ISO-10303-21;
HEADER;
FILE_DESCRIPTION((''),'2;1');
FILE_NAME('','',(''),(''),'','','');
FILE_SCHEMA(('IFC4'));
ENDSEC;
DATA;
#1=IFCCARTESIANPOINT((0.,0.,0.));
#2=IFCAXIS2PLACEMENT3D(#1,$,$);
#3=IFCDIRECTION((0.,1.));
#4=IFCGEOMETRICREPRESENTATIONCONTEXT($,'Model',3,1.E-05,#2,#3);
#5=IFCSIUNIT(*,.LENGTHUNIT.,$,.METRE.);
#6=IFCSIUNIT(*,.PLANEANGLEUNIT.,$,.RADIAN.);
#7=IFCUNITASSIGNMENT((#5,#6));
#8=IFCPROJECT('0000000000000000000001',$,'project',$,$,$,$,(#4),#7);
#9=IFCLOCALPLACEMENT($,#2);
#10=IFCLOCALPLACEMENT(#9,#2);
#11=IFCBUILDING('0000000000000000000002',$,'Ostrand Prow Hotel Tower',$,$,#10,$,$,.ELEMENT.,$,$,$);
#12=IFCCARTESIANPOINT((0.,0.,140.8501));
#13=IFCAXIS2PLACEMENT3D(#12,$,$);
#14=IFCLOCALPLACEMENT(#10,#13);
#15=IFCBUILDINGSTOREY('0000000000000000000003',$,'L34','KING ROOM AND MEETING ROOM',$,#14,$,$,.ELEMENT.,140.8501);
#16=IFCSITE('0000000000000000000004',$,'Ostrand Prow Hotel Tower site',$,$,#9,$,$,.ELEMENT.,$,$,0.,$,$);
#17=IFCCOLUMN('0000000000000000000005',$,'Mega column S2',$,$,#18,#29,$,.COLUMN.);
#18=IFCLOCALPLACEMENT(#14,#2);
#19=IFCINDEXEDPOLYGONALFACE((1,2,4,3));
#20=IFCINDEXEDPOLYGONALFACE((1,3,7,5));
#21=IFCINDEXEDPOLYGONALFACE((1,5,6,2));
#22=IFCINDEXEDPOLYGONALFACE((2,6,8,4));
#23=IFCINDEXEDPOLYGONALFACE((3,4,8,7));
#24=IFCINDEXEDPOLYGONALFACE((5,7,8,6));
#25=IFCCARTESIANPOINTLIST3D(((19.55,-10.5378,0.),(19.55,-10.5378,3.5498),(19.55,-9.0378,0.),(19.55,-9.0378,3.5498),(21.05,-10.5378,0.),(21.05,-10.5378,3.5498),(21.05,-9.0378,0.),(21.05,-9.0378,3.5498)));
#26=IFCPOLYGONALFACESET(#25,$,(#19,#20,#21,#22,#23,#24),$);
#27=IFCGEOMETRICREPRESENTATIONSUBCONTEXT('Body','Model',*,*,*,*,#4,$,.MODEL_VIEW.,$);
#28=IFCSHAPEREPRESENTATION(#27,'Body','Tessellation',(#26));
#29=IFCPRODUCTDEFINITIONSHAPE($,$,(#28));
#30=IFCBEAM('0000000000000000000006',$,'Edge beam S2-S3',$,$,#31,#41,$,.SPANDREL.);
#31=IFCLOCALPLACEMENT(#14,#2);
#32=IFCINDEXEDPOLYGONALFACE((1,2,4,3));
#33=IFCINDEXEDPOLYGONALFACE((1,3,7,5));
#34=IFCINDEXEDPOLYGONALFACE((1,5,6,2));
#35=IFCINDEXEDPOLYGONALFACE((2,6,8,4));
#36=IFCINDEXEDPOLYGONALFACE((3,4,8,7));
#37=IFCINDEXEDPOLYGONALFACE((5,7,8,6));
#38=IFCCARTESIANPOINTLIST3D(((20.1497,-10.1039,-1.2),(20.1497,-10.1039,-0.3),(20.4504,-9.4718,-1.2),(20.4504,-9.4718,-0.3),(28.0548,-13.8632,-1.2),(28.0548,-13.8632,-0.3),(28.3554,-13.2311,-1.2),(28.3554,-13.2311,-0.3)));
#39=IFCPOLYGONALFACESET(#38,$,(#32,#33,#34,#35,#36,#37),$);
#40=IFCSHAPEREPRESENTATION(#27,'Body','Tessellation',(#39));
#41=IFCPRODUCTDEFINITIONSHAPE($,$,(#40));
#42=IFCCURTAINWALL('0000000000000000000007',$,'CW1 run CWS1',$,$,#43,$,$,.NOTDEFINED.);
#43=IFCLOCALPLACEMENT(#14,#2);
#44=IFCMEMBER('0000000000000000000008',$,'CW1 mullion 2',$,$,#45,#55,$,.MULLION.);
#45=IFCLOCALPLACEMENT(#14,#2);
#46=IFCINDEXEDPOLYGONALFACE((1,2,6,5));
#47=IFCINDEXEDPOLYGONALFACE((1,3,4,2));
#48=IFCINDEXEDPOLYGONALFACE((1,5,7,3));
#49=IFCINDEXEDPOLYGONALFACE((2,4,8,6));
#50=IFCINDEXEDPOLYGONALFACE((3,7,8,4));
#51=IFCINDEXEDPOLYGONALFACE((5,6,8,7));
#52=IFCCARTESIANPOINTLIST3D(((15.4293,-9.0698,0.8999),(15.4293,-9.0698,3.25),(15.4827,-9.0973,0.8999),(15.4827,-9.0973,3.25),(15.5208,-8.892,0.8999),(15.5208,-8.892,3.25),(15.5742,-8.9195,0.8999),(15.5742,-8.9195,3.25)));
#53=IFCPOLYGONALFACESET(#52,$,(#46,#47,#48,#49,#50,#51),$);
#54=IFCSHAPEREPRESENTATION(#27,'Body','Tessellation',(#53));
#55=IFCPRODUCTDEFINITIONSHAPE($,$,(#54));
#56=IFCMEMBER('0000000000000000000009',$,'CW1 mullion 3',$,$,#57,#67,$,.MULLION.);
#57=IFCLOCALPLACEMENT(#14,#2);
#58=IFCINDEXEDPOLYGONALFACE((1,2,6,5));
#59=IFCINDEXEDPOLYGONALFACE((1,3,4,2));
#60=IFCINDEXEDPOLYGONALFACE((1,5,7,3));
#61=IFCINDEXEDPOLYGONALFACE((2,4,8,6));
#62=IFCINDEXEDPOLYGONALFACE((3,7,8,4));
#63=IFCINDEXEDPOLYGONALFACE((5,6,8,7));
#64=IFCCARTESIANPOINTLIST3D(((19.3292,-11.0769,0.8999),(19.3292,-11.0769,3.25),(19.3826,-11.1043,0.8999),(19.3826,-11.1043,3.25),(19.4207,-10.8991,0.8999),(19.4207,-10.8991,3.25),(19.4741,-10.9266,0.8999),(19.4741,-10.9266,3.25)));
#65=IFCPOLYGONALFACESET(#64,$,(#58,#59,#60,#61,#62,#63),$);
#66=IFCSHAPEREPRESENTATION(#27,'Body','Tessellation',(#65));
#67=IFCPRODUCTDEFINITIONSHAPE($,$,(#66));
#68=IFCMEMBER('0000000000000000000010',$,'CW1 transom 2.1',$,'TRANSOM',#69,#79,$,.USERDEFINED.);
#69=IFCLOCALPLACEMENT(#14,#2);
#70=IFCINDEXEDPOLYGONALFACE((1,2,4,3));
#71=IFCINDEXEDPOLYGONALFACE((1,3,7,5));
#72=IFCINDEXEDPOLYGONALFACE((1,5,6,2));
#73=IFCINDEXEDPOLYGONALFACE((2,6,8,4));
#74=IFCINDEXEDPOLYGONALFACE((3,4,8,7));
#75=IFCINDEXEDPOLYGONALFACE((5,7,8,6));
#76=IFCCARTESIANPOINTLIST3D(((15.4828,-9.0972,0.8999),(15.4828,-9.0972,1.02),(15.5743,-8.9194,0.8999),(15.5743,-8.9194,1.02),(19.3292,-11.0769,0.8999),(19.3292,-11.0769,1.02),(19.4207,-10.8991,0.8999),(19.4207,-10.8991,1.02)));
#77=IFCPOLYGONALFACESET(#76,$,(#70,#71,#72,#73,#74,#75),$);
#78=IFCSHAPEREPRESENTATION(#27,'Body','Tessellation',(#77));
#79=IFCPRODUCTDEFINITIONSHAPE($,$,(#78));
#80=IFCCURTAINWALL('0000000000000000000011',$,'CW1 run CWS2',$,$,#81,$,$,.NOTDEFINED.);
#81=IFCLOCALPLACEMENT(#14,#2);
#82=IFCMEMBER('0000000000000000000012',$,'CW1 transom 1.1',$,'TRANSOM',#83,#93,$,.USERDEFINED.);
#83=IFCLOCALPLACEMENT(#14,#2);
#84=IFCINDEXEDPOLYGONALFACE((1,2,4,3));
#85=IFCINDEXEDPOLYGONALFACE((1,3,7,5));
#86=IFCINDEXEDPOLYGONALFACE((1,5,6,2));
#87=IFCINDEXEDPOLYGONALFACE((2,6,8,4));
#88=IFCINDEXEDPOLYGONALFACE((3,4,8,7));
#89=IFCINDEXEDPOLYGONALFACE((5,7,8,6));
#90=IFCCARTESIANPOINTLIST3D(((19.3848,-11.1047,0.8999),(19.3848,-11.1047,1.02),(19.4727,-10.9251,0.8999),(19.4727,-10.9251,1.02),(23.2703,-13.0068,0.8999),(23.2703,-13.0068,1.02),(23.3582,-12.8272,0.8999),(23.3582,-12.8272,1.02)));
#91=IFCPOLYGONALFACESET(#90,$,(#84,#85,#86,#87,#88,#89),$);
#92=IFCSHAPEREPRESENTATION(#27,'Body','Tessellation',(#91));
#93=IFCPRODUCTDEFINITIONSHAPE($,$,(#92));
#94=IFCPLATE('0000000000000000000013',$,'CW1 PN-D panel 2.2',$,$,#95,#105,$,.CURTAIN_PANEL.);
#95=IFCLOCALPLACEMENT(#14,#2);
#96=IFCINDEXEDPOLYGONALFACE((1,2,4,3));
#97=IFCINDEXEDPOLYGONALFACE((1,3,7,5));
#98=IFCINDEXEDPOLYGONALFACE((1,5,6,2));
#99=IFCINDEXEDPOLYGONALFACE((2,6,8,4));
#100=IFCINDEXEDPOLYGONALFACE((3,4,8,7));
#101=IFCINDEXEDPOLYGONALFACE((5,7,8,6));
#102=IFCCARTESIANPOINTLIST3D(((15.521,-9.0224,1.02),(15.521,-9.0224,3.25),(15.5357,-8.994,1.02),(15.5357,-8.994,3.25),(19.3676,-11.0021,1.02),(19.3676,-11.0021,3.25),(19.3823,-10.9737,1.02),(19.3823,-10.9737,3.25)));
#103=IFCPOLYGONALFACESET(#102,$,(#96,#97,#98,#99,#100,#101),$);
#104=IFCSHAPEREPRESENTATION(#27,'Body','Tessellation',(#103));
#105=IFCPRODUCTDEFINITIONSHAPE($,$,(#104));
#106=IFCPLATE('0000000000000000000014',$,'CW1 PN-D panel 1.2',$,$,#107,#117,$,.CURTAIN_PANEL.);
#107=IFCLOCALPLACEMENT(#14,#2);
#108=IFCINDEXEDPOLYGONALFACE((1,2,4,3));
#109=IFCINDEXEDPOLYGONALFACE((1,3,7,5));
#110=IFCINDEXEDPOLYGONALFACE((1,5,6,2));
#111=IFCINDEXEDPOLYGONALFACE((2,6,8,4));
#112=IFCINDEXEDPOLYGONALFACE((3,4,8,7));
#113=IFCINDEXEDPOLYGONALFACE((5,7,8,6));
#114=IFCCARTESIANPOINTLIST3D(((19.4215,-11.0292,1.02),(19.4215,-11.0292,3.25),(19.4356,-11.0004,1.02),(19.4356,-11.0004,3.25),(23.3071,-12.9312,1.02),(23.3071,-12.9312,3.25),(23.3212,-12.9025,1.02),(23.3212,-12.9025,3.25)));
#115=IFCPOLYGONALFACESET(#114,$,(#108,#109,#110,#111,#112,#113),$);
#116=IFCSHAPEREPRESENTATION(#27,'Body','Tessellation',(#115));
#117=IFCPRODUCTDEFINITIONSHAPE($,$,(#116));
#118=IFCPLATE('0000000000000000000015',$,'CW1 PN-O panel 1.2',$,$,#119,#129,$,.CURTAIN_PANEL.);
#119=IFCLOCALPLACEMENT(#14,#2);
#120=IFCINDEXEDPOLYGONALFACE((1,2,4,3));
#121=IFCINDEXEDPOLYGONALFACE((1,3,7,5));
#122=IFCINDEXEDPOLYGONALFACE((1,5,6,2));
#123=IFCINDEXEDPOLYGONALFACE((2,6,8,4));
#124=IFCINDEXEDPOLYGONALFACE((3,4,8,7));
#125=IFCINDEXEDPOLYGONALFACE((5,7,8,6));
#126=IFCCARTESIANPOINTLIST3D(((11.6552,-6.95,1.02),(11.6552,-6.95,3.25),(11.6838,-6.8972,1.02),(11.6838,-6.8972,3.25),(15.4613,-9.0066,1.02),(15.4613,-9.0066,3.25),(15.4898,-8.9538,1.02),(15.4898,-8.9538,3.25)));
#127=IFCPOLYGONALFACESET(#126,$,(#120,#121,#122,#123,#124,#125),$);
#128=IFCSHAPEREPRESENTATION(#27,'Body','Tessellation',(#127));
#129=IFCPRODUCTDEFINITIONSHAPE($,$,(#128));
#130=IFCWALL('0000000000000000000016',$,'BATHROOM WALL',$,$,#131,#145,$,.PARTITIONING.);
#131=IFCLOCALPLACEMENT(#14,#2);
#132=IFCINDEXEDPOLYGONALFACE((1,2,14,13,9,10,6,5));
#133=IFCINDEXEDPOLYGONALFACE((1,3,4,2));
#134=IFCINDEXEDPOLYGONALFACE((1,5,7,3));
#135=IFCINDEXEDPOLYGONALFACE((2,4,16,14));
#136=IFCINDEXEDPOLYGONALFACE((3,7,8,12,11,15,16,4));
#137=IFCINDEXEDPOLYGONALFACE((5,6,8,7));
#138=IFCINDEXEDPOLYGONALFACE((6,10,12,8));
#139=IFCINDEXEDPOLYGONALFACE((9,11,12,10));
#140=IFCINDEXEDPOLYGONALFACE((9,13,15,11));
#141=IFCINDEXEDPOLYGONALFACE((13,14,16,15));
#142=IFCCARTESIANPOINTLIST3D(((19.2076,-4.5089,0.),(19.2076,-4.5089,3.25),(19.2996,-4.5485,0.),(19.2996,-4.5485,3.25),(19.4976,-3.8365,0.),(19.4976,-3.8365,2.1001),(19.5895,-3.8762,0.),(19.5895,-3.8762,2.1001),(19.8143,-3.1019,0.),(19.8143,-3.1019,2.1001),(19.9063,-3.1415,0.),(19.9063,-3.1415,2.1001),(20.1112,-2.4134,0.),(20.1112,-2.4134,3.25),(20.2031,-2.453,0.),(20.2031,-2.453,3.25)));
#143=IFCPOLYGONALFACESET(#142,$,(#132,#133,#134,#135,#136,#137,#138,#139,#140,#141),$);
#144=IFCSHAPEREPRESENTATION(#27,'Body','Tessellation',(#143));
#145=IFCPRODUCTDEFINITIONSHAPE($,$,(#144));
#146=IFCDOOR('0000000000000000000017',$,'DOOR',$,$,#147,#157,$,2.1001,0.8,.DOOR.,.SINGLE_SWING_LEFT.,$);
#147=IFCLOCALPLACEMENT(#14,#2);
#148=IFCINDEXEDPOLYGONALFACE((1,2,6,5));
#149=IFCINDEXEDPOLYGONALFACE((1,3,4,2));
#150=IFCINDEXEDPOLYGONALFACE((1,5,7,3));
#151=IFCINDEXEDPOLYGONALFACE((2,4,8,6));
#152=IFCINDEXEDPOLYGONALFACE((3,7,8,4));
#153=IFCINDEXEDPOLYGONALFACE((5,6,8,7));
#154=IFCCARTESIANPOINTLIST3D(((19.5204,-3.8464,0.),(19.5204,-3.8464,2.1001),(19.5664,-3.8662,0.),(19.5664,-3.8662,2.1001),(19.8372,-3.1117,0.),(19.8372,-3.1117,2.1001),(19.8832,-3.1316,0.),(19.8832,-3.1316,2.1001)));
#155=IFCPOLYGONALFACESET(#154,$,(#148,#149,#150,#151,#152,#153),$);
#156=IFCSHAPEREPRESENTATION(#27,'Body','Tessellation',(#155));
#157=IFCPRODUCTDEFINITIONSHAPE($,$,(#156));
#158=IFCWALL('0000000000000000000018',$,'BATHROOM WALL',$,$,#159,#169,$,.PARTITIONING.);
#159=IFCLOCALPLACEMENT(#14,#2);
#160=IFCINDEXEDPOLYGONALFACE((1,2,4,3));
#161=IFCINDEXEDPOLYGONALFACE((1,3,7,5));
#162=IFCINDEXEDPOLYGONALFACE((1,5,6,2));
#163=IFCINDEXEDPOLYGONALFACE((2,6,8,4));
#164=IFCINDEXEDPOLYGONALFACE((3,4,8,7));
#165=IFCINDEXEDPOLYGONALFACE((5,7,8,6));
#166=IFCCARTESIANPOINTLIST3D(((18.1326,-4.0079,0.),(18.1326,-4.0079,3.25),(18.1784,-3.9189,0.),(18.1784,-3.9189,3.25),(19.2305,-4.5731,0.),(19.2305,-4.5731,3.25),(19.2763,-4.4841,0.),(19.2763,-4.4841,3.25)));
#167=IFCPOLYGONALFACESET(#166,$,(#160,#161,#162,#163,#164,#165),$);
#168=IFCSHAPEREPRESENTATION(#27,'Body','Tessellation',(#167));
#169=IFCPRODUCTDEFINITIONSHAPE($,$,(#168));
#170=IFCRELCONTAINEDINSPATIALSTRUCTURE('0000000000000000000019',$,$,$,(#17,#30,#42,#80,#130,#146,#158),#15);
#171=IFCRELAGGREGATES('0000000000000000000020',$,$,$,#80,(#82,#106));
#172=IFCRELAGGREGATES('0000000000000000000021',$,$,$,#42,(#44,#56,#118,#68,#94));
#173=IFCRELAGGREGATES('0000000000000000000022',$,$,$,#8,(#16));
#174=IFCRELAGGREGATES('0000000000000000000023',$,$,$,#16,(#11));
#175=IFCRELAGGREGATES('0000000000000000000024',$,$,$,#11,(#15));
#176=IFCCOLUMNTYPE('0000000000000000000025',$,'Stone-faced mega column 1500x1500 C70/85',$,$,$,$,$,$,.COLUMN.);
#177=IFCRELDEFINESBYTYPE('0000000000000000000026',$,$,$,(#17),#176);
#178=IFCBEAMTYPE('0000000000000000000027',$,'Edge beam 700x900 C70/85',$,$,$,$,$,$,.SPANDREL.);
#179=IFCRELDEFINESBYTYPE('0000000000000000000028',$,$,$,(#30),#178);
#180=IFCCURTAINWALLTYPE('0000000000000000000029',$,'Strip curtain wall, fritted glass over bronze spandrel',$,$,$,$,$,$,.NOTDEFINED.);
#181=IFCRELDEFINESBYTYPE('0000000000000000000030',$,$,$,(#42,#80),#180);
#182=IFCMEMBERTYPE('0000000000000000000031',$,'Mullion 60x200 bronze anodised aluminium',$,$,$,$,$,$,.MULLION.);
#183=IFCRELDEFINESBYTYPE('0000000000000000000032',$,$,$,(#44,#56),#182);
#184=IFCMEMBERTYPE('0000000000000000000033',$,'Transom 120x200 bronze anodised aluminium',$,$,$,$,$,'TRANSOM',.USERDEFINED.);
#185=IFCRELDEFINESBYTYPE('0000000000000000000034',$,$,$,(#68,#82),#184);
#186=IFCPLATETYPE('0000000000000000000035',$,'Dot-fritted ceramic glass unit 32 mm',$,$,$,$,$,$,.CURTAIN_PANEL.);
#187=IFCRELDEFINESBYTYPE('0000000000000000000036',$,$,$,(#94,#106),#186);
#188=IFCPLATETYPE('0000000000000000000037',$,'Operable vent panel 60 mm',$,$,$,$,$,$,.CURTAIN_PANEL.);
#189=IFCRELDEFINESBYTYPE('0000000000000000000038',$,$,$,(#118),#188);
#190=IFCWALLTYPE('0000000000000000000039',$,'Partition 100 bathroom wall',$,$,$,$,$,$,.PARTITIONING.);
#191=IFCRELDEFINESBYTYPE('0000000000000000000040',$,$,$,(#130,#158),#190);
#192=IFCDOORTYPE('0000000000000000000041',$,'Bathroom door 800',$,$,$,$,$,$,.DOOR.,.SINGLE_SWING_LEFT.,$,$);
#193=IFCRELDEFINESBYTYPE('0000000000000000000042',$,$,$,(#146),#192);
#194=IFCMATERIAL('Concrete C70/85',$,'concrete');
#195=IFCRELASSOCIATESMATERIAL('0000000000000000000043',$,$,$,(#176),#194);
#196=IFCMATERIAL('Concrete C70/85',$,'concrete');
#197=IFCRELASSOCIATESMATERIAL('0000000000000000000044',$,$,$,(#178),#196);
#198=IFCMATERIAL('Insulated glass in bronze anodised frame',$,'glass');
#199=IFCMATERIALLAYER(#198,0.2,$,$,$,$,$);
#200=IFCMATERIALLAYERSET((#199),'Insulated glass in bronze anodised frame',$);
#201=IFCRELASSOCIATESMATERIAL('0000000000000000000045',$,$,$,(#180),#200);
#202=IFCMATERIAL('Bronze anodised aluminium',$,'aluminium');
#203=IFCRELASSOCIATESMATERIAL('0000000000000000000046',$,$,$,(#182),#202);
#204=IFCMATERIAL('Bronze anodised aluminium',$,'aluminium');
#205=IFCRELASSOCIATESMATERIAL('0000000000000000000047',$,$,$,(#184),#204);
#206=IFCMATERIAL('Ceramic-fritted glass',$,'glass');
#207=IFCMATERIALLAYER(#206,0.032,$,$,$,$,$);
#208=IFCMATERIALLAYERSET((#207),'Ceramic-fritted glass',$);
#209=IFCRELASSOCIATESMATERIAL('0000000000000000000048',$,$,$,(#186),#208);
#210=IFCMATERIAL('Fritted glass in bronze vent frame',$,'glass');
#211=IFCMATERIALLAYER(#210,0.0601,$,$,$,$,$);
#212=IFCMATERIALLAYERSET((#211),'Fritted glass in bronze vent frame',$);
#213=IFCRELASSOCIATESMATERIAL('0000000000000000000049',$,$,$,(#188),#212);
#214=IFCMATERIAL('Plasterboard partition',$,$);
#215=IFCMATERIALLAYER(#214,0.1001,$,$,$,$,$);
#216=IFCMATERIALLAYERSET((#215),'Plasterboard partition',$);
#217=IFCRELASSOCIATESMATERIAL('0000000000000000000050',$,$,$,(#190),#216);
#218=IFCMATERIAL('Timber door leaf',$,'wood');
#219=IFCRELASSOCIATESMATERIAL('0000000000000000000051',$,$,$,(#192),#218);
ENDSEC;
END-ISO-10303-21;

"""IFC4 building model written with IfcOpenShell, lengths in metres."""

from ifc_helpers import new_model, si_unit, direction, frame, frame_2d, origin, origin_2d, place, context, subcontext, project, spatial, rectangle, extrude, material, layer, layer_set, material_profile, profile_set, type_object, element, fill, aggregate, save


model = new_model("IFC4")

# Units and contexts
model_context = context("Model", 3, precision=1e-05, world=origin(), true_north=direction((0.0, 1.0)))
body_context = subcontext(model_context, "Body", "Model", "MODEL_VIEW")
ifc_project = project(units=[si_unit("LENGTHUNIT", "METRE"), si_unit("PLANEANGLEUNIT", "RADIAN")], contexts=[model_context])

# Site, building, storey
site_placement = place(None, origin())
site = spatial("IfcSite", under=ifc_project, at=site_placement, Name="Ostrand Prow Hotel Tower site", CompositionType="ELEMENT", RefElevation=0.0)
building_placement = place(site_placement, origin())
building = spatial("IfcBuilding", under=site, at=building_placement, Name="Ostrand Prow Hotel Tower", CompositionType="ELEMENT")
storey_placement = place(building_placement, frame((0.0, 0.0, 140.8501)))
storey = spatial("IfcBuildingStorey", under=building, at=storey_placement, Name="L34", Description="KING ROOM AND MEETING ROOM", CompositionType="ELEMENT", Elevation=140.8501)

# Column
ifc_material_1 = material(Name="Concrete C70/85", Category="concrete")
ifc_material_profile_1 = material_profile(ifc_material_1, rectangle(XDim=1.5, YDim=1.5, at=origin_2d()), Name="RC 1500x1500")
ifc_profile_set_1 = profile_set([ifc_material_profile_1], Name="Concrete C70/85")
column_type = type_object("IfcColumnType", Name="Stone-faced mega column 1500x1500 C70/85", PredefinedType="COLUMN", material=ifc_profile_set_1)
column_placement = place(storey_placement, frame((20.3, -9.7878, 0.0), z_axis=(0.0, 0.0, 1.0), x_axis=(1.0, 0.0, 0.0)))
element("IfcColumn", 1, at=column_placement, inside=storey, type_object=column_type, Name="Mega column S2", PredefinedType="COLUMN", context=body_context, shape_type="SweptSolid", body=[
    extrude(rectangle(XDim=1.5, YDim=1.5, at=origin_2d()), origin(), (0.0, 0.0, 1.0), 3.5498),
])

# Beam
ifc_material_2 = material(Name="Concrete C70/85", Category="concrete")
ifc_material_profile_2 = material_profile(ifc_material_2, rectangle(XDim=0.7, YDim=0.8999, at=origin_2d()), Name="RC 700x900")
ifc_profile_set_2 = profile_set([ifc_material_profile_2], Name="Concrete C70/85")
beam_type = type_object("IfcBeamType", Name="Edge beam 700x900 C70/85", PredefinedType="SPANDREL", material=ifc_profile_set_2)
beam_placement = place(storey_placement, frame((20.3, -9.7878, -0.75), z_axis=(0.903083, -0.429466, 0.0), x_axis=(0.429466, 0.903083, 0.0)))
element("IfcBeam", 2, at=beam_placement, inside=storey, type_object=beam_type, Name="Edge beam S2-S3", PredefinedType="SPANDREL", context=body_context, shape_type="SweptSolid", body=[
    extrude(rectangle(XDim=0.7, YDim=0.8999, at=origin_2d()), origin(), (0.0, 0.0, 1.0), 8.7534),
])

# Curtain wall, members
ifc_material_3 = material(Name="Insulated glass in bronze anodised frame", Category="glass")
ifc_layer_1 = layer(ifc_material_3, 0.2)
ifc_layer_set_1 = layer_set([ifc_layer_1], Name="Insulated glass in bronze anodised frame")
curtain_wall_type = type_object("IfcCurtainWallType", Name="Strip curtain wall, fritted glass over bronze spandrel", PredefinedType="NOTDEFINED", material=ifc_layer_set_1)
curtain_wall_1_placement = place(storey_placement, origin())
curtain_wall_1 = element("IfcCurtainWall", 3, at=curtain_wall_1_placement, inside=storey, type_object=curtain_wall_type, Name="CW1 run CWS1", PredefinedType="NOTDEFINED")
ifc_material_4 = material(Name="Bronze anodised aluminium", Category="aluminium")
ifc_material_profile_3 = material_profile(ifc_material_4, rectangle(XDim=0.2, YDim=0.0601, at=origin_2d()), Name="Mullion 60x200 bronze anodised aluminium")
ifc_profile_set_3 = profile_set([ifc_material_profile_3], Name="Bronze anodised aluminium")
member_type_1 = type_object("IfcMemberType", Name="Mullion 60x200 bronze anodised aluminium", PredefinedType="MULLION", material=ifc_profile_set_3)
member_1_placement = place(storey_placement, frame((15.5017, -8.9946, 0.8999), z_axis=(0.0, 0.0, 1.0), x_axis=(0.457619, 0.889148, 0.0)))
member_1 = element("IfcMember", 4, at=member_1_placement, type_object=member_type_1, Name="CW1 mullion 2", PredefinedType="MULLION", context=body_context, shape_type="SweptSolid", body=[
    extrude(rectangle(XDim=0.2, YDim=0.0601, at=origin_2d()), origin(), (0.0, 0.0, 1.0), 2.3501),
])
member_2_placement = place(storey_placement, frame((19.4016, -11.0017, 0.8999), z_axis=(0.0, 0.0, 1.0), x_axis=(0.457619, 0.889148, 0.0)))
member_2 = element("IfcMember", 5, at=member_2_placement, type_object=member_type_1, Name="CW1 mullion 3", PredefinedType="MULLION", context=body_context, shape_type="SweptSolid", body=[
    extrude(rectangle(XDim=0.2, YDim=0.0601, at=origin_2d()), origin(), (0.0, 0.0, 1.0), 2.3501),
])
ifc_material_5 = material(Name="Bronze anodised aluminium", Category="aluminium")
ifc_material_profile_4 = material_profile(ifc_material_5, rectangle(XDim=0.2, YDim=0.1201, at=origin_2d()), Name="Transom 120x200 bronze anodised aluminium")
ifc_profile_set_4 = profile_set([ifc_material_profile_4], Name="Bronze anodised aluminium")
member_type_2 = type_object("IfcMemberType", Name="Transom 120x200 bronze anodised aluminium", ElementType="TRANSOM", PredefinedType="USERDEFINED", material=ifc_profile_set_4)
member_3_placement = place(storey_placement, frame((15.5286, -9.0083, 0.96), z_axis=(0.88914, -0.457635, 0.0), x_axis=(0.457635, 0.88914, 0.0)))
member_3 = element("IfcMember", 6, at=member_3_placement, type_object=member_type_2, Name="CW1 transom 2.1", ObjectType="TRANSOM", PredefinedType="USERDEFINED", context=body_context, shape_type="SweptSolid", body=[
    extrude(rectangle(XDim=0.2, YDim=0.1201, at=origin_2d()), origin(), (0.0, 0.0, 1.0), 4.3259),
])

# Curtain wall, member
curtain_wall_2_placement = place(storey_placement, origin())
curtain_wall_2 = element("IfcCurtainWall", 7, at=curtain_wall_2_placement, inside=storey, type_object=curtain_wall_type, Name="CW1 run CWS2", PredefinedType="NOTDEFINED")
member_4_placement = place(storey_placement, frame((19.4287, -11.0149, 0.96), z_axis=(0.898154, -0.439681, 0.0), x_axis=(0.439681, 0.898154, 0.0)))
member_4 = element("IfcMember", 8, at=member_4_placement, type_object=member_type_2, Name="CW1 transom 1.1", ObjectType="TRANSOM", PredefinedType="USERDEFINED", context=body_context, shape_type="SweptSolid", body=[
    extrude(rectangle(XDim=0.2, YDim=0.1201, at=origin_2d()), origin(), (0.0, 0.0, 1.0), 4.3262),
])

# Plates
ifc_material_6 = material(Name="Ceramic-fritted glass", Category="glass")
ifc_layer_2 = layer(ifc_material_6, 0.032)
ifc_layer_set_2 = layer_set([ifc_layer_2], Name="Ceramic-fritted glass")
plate_type_1 = type_object("IfcPlateType", Name="Dot-fritted ceramic glass unit 32 mm", PredefinedType="CURTAIN_PANEL", material=ifc_layer_set_2)
plate_1_placement = place(storey_placement, frame((17.4517, -9.998, 1.02), z_axis=(0.0, 0.0, 1.0), x_axis=(0.889148, -0.457619, 0.0)))
plate_1 = element("IfcPlate", 9, at=plate_1_placement, type_object=plate_type_1, Name="CW1 PN-D panel 2.2", PredefinedType="CURTAIN_PANEL", context=body_context, shape_type="SweptSolid", body=[
    extrude(rectangle(XDim=4.3262, YDim=0.032, at=origin_2d()), origin(), (0.0, 0.0, 1.0), 2.23),
])
plate_2_placement = place(storey_placement, frame((21.3713, -11.9658, 1.02), z_axis=(0.0, 0.0, 1.0), x_axis=(0.898165, -0.439659, 0.0)))
plate_2 = element("IfcPlate", 10, at=plate_2_placement, type_object=plate_type_1, Name="CW1 PN-D panel 1.2", PredefinedType="CURTAIN_PANEL", context=body_context, shape_type="SweptSolid", body=[
    extrude(rectangle(XDim=4.3262, YDim=0.032, at=origin_2d()), origin(), (0.0, 0.0, 1.0), 2.23),
])
aggregate(curtain_wall_2, [member_4, plate_2])
ifc_material_7 = material(Name="Fritted glass in bronze vent frame", Category="glass")
ifc_layer_3 = layer(ifc_material_7, 0.0601)
ifc_layer_set_3 = layer_set([ifc_layer_3], Name="Fritted glass in bronze vent frame")
plate_type_2 = type_object("IfcPlateType", Name="Operable vent panel 60 mm", PredefinedType="CURTAIN_PANEL", material=ifc_layer_set_3)
plate_3_placement = place(storey_placement, frame((13.5725, -7.9519, 1.02), z_axis=(0.0, 0.0, 1.0), x_axis=(0.879773, -0.475394, 0.0)))
plate_3 = element("IfcPlate", 11, at=plate_3_placement, type_object=plate_type_2, Name="CW1 PN-O panel 1.2", PredefinedType="CURTAIN_PANEL", context=body_context, shape_type="SweptSolid", body=[
    extrude(rectangle(XDim=4.3262, YDim=0.0601, at=origin_2d()), origin(), (0.0, 0.0, 1.0), 2.23),
])
aggregate(curtain_wall_1, [member_1, member_2, plate_3, member_3, plate_1])

# Wall, opening, door
ifc_material_8 = material(Name="Plasterboard partition")
ifc_layer_4 = layer(ifc_material_8, 0.1001)
ifc_layer_set_4 = layer_set([ifc_layer_4], Name="Plasterboard partition")
wall_type_1 = type_object("IfcWallType", Name="Partition 100 bathroom wall", PredefinedType="PARTITIONING", material=ifc_layer_set_4)
wall_1_placement = place(storey_placement, frame((20.1572, -2.4331, 0.0), z_axis=(0.0, 0.0, 1.0), x_axis=(-0.395958, -0.918268, 0.0)))
wall_1 = element("IfcWall", 12, at=wall_1_placement, inside=storey, type_object=wall_type_1, Name="BATHROOM WALL", PredefinedType="PARTITIONING", context=body_context, shape_type="SweptSolid", body=[
    extrude(rectangle(XDim=2.282, YDim=0.1001, at=frame_2d((1.1411, 0.0))), origin(), (0.0, 0.0, 1.0), 3.25),
])
opening_1_placement = place(wall_1_placement, frame((0.75, 0.0, 0.0)))
opening_1 = element("IfcOpeningElement", 13, at=opening_1_placement, cuts=wall_1, PredefinedType="OPENING", context=body_context, shape_type="SweptSolid", body=[
    extrude(rectangle(XDim=0.8, YDim=2.1001, at=frame_2d((0.3999, 1.05))), frame((0.0, 0.0601, 0.0), z_axis=(0.0, -1.0, 0.0), x_axis=(1.0, 0.0, 0.0)), (0.0, 0.0, 1.0), 0.1201),
])
ifc_material_9 = material(Name="Timber door leaf", Category="wood")
door_type_1 = type_object("IfcDoorType", Name="Bathroom door 800", OperationType="SINGLE_SWING_LEFT", PredefinedType="DOOR", material=ifc_material_9)
door_1_placement = place(opening_1_placement, origin())
door_1 = element("IfcDoor", 14, at=door_1_placement, inside=storey, type_object=door_type_1, Name="DOOR", OperationType="SINGLE_SWING_LEFT", OverallHeight=2.1001, OverallWidth=0.8, PredefinedType="DOOR", context=body_context, shape_type="SweptSolid", body=[
    extrude(rectangle(XDim=0.8, YDim=2.1001, at=frame_2d((0.3999, 1.05))), frame((0.0, 0.0249, 0.0), z_axis=(0.0, -1.0, 0.0), x_axis=(1.0, 0.0, 0.0)), (0.0, 0.0, 1.0), 0.05),
])
fill(opening_1, door_1)

# Wall
wall_2_placement = place(storey_placement, frame((19.2534, -4.5286, 0.0), z_axis=(0.0, 0.0, 1.0), x_axis=(-0.889106, 0.457701, 0.0)))
element("IfcWall", 15, at=wall_2_placement, inside=storey, type_object=wall_type_1, Name="BATHROOM WALL", PredefinedType="PARTITIONING", context=body_context, shape_type="SweptSolid", body=[
    extrude(rectangle(XDim=1.2349, YDim=0.1001, at=frame_2d((0.6174, 0.0))), origin(), (0.0, 0.0, 1.0), 3.25),
])

save(model, "model.ifc")
